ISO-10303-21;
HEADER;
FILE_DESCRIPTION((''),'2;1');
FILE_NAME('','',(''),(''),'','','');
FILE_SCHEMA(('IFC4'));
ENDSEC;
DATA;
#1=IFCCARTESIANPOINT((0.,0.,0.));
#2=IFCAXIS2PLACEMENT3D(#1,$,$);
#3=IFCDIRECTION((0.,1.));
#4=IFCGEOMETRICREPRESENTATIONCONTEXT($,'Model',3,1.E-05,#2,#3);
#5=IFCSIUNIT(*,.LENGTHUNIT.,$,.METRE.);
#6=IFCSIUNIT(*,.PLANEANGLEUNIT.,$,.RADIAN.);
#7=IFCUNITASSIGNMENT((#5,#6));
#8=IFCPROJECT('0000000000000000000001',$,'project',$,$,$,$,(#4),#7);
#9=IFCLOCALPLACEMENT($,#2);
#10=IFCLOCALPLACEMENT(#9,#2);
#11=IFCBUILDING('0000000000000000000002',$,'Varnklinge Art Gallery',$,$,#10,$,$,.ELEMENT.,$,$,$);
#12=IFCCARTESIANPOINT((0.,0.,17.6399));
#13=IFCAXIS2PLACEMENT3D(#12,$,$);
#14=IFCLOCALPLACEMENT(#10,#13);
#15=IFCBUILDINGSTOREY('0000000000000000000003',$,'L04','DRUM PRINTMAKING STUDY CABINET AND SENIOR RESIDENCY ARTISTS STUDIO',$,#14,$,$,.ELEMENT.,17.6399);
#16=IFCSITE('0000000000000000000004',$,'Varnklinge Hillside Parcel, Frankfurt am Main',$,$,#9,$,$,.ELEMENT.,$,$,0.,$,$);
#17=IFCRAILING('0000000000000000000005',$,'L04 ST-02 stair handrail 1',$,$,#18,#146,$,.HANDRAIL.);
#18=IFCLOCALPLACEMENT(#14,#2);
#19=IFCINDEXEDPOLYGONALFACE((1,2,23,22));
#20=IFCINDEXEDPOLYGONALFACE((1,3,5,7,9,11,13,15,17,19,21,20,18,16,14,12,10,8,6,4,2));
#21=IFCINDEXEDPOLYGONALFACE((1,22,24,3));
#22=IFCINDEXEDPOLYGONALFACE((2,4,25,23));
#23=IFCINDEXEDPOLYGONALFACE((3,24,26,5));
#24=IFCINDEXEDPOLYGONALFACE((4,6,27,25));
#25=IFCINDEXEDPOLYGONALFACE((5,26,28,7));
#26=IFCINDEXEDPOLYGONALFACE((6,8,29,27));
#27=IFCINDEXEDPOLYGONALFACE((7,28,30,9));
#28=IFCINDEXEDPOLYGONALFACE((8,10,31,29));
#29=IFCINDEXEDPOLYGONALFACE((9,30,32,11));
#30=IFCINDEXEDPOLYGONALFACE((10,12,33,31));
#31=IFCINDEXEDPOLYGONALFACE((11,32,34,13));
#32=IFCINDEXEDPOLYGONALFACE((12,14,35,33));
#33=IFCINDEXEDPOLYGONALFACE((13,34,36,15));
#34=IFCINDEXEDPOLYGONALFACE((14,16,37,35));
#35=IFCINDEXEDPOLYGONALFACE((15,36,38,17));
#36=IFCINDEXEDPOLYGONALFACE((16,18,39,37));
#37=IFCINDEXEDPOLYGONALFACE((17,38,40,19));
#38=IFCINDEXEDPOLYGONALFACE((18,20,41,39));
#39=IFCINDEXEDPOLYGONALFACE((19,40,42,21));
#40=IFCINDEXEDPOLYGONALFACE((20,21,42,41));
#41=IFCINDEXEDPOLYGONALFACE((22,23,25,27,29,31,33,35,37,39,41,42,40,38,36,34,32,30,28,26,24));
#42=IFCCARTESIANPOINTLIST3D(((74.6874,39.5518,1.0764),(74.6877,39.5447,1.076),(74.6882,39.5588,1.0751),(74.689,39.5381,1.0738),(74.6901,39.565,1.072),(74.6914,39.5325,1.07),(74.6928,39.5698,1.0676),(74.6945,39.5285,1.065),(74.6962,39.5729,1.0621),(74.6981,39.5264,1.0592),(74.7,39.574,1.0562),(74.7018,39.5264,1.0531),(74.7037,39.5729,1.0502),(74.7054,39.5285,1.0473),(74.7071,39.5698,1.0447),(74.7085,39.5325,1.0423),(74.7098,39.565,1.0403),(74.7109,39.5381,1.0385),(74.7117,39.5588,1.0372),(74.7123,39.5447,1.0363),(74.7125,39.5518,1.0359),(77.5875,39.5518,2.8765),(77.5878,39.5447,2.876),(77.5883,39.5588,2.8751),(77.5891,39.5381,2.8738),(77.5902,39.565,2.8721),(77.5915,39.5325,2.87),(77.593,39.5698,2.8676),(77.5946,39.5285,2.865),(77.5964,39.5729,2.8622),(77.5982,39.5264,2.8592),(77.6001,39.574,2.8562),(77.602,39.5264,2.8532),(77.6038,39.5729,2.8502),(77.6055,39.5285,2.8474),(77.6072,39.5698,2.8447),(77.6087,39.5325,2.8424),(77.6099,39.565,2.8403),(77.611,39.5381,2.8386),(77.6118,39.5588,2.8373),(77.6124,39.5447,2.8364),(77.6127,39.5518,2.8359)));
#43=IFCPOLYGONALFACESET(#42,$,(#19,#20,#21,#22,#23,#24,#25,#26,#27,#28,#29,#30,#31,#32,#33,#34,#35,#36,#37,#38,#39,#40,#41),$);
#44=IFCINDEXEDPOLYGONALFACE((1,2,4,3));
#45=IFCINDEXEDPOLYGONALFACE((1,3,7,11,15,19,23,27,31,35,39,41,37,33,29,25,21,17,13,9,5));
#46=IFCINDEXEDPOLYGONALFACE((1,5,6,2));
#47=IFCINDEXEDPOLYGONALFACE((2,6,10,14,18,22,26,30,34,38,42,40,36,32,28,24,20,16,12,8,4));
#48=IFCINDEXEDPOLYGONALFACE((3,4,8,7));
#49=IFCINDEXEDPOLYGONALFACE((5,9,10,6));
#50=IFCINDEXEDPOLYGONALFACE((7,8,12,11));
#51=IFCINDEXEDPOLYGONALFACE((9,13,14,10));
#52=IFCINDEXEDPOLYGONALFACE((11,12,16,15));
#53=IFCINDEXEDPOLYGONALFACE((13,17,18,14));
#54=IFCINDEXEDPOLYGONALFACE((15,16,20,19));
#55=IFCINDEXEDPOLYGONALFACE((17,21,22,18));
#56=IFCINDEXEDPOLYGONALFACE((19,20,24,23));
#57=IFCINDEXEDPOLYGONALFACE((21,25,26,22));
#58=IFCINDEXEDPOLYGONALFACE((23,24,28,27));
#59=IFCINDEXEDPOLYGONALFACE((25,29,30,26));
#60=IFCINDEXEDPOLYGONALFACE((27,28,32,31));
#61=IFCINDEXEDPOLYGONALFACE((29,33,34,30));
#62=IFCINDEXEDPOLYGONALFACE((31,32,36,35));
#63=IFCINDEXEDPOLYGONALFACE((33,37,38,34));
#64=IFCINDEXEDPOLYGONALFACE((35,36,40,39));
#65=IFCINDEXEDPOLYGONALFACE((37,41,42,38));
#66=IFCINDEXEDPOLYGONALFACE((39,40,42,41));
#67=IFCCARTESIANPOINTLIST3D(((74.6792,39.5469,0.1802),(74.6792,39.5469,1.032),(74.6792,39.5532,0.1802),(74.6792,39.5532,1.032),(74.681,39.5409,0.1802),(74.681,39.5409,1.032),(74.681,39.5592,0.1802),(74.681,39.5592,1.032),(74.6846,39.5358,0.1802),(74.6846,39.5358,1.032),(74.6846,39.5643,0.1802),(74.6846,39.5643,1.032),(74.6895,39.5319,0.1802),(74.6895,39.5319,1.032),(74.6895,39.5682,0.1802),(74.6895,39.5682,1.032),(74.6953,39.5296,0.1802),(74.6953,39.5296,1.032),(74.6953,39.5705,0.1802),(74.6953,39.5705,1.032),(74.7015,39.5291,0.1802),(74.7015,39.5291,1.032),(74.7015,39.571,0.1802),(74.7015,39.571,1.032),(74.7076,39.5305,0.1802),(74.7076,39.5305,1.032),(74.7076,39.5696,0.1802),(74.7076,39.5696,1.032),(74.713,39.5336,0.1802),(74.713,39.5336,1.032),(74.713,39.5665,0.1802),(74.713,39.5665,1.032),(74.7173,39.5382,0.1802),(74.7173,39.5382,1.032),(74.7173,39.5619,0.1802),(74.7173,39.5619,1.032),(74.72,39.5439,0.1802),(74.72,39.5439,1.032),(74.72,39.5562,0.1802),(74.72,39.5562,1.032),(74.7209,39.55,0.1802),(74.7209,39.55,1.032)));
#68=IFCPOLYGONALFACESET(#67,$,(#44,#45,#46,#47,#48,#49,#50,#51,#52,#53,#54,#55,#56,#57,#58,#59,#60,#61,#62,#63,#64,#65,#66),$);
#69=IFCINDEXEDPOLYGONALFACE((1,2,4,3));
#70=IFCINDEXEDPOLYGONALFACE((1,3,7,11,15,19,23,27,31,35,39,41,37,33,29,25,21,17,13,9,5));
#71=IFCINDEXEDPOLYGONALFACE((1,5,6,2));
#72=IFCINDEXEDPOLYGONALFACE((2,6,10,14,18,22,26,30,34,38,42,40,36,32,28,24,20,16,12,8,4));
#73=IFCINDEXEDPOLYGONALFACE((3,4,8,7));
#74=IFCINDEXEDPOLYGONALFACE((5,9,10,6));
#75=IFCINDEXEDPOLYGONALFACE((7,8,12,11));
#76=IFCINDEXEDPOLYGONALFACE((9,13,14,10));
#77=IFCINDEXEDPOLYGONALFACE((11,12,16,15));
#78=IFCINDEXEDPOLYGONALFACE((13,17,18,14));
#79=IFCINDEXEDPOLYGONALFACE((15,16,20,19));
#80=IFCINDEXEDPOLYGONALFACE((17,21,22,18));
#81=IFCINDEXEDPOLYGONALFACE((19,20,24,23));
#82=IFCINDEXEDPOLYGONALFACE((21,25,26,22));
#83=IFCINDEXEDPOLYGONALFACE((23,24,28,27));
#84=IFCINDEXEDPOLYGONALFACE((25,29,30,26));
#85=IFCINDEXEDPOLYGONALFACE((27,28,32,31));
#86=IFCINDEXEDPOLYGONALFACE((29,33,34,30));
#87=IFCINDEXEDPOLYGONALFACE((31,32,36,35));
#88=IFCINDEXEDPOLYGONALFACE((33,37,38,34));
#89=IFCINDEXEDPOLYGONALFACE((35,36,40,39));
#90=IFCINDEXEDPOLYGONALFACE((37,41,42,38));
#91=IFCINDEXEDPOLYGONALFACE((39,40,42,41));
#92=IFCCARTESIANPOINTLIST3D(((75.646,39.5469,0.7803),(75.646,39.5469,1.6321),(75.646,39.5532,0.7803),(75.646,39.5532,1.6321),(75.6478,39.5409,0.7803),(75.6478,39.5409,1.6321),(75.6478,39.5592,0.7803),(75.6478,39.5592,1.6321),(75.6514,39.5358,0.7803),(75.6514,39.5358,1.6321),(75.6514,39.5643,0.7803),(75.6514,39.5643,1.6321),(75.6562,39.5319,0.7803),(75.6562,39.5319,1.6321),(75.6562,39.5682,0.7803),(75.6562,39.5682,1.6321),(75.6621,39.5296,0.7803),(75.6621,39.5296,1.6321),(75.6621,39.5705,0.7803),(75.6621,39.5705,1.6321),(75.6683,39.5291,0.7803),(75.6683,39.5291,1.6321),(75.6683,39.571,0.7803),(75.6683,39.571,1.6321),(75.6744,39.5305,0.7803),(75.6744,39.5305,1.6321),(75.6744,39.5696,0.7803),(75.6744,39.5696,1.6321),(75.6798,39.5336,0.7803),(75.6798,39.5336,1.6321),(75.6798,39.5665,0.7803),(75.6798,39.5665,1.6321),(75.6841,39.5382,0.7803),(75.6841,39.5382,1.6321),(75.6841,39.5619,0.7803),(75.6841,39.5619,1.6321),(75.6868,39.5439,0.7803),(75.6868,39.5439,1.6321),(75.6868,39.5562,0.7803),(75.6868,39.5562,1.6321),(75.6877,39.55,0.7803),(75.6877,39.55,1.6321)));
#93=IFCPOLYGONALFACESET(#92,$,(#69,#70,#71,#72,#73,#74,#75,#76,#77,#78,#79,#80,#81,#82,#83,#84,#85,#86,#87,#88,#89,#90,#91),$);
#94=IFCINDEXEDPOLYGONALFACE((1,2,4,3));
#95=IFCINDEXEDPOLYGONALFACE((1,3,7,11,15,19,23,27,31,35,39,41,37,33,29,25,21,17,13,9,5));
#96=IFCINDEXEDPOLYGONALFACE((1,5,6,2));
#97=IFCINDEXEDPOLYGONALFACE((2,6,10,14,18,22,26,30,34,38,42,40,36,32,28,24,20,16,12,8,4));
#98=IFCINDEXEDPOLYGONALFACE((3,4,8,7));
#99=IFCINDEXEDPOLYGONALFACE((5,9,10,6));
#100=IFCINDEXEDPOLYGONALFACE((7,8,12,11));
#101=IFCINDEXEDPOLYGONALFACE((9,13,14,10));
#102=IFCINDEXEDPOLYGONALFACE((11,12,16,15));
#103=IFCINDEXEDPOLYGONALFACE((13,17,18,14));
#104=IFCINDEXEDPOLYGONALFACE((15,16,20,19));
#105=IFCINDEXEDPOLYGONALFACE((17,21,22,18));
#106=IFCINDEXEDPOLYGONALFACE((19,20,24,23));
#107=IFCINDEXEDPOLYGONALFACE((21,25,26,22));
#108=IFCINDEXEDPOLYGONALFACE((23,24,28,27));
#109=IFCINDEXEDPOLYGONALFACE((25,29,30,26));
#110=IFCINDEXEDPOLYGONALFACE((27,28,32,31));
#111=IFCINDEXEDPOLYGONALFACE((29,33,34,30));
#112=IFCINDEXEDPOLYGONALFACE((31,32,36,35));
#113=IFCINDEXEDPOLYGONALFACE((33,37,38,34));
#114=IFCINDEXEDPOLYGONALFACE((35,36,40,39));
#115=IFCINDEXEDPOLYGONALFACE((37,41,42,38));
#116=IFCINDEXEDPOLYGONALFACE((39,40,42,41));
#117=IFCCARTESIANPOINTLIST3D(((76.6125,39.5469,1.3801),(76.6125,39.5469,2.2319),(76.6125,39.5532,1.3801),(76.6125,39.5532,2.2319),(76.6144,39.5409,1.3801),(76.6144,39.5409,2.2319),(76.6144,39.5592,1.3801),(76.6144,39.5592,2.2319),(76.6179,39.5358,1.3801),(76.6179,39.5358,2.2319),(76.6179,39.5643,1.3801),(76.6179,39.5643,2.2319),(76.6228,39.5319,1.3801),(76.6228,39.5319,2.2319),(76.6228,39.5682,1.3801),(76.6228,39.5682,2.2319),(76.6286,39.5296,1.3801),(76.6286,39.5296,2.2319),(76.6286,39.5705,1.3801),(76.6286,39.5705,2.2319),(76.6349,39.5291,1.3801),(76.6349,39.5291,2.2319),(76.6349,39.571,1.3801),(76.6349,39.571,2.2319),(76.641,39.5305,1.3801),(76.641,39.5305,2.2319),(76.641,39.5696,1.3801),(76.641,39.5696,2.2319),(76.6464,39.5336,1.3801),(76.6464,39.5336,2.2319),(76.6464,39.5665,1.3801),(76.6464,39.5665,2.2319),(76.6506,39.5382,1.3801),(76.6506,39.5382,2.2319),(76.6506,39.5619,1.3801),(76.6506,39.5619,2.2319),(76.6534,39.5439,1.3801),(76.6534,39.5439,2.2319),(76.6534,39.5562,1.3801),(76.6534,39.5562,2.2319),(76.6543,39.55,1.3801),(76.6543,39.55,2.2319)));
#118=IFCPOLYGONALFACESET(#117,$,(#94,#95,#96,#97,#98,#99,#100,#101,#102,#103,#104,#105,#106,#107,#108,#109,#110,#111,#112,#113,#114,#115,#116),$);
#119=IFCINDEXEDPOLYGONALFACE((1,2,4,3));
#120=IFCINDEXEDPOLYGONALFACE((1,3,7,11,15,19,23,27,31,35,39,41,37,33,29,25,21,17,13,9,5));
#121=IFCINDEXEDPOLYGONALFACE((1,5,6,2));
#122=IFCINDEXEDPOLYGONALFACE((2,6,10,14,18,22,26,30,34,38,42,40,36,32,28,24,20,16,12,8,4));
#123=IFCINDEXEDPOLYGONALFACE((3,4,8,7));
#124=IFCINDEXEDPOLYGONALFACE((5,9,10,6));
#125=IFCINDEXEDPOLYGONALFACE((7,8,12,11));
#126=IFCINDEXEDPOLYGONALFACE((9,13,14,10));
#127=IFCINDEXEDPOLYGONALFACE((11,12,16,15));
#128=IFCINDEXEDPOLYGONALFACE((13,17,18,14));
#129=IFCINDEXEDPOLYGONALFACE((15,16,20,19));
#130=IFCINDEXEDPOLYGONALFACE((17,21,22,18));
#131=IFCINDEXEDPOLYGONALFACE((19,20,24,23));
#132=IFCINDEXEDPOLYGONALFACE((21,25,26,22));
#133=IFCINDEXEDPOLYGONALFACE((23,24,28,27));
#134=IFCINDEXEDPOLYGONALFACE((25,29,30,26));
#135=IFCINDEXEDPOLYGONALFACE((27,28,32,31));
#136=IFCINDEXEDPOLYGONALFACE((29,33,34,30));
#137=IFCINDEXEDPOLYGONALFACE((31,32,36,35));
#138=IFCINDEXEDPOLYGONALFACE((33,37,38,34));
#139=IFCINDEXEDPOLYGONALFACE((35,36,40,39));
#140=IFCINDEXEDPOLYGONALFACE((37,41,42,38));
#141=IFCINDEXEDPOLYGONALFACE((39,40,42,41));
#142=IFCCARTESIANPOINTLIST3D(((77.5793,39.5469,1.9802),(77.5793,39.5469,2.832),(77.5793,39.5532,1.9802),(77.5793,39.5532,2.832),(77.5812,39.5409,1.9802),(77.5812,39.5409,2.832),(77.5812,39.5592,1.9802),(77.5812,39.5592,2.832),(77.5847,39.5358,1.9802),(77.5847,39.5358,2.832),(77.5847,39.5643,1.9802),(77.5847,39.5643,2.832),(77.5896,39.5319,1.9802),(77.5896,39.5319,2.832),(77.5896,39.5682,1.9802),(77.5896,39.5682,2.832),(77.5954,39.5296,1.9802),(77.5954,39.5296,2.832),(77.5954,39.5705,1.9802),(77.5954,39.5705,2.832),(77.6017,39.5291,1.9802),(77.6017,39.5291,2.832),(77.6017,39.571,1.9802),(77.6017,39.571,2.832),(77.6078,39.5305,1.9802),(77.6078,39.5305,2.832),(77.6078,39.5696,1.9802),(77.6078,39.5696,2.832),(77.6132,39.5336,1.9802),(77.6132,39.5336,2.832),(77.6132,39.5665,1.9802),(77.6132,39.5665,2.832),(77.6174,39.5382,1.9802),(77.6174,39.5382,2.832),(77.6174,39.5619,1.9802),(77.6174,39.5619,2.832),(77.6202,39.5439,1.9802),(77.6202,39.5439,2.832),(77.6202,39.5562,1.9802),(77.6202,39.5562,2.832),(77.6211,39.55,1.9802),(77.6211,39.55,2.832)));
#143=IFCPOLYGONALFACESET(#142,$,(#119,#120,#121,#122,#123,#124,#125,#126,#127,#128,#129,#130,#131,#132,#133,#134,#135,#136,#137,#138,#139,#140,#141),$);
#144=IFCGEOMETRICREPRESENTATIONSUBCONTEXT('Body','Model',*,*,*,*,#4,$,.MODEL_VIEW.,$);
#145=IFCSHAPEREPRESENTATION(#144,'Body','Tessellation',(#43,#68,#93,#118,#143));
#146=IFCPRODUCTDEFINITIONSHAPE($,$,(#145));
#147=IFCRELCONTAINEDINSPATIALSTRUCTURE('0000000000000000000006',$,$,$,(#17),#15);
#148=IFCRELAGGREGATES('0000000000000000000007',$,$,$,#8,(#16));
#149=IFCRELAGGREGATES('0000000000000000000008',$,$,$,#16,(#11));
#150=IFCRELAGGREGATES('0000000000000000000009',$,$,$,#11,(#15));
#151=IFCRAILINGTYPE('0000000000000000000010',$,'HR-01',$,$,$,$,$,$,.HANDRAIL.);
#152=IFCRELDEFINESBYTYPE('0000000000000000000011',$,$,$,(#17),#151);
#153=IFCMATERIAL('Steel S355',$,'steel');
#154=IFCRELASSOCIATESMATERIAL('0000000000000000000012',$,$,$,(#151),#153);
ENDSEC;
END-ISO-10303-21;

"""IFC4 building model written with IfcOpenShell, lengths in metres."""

from ifc_helpers import new_model, si_unit, direction, frame, origin, origin_2d, place, context, subcontext, project, spatial, circle, extrude, material, type_object, element, save


model = new_model("IFC4")

# Units and contexts
model_context = context("Model", 3, precision=1e-05, world=origin(), true_north=direction((0.0, 1.0)))
body_context = subcontext(model_context, "Body", "Model", "MODEL_VIEW")
ifc_project = project(units=[si_unit("LENGTHUNIT", "METRE"), si_unit("PLANEANGLEUNIT", "RADIAN")], contexts=[model_context])

# Site, building, storey
site_placement = place(None, origin())
site = spatial("IfcSite", under=ifc_project, at=site_placement, Name="Varnklinge Hillside Parcel, Frankfurt am Main", CompositionType="ELEMENT", RefElevation=0.0)
building_placement = place(site_placement, origin())
building = spatial("IfcBuilding", under=site, at=building_placement, Name="Varnklinge Art Gallery", CompositionType="ELEMENT")
storey_placement = place(building_placement, frame((0.0, 0.0, 17.6399)))
storey = spatial("IfcBuildingStorey", under=building, at=storey_placement, Name="L04", Description="DRUM PRINTMAKING STUDY CABINET AND SENIOR RESIDENCY ARTISTS STUDIO", CompositionType="ELEMENT", Elevation=17.6399)

# Railing
ifc_material_1 = material(Name="Steel S355", Category="steel")
railing_type_1 = type_object("IfcRailingType", Name="HR-01", PredefinedType="HANDRAIL", material=ifc_material_1)
railing_1_placement = place(storey_placement, frame((74.7, 39.55, 0.1802)))
element("IfcRailing", 1, at=railing_1_placement, inside=storey, type_object=railing_type_1, Name="L04 ST-02 stair handrail 1", PredefinedType="HANDRAIL", context=body_context, shape_type="SweptSolid", body=[
    extrude(circle(Radius=0.0239, at=origin_2d()), frame((0.0, 0.0, 0.876), z_axis=(0.849646, 0.0, 0.527354), x_axis=(0.0, 1.0, 0.0)), (0.0, 0.0, 1.0), 3.4133),
    extrude(circle(Radius=0.021, at=origin_2d()), origin(), (0.0, 0.0, 1.0), 0.8518),
    extrude(circle(Radius=0.021, at=origin_2d()), frame((0.9668, 0.0, 0.6001)), (0.0, 0.0, 1.0), 0.8518),
    extrude(circle(Radius=0.021, at=origin_2d()), frame((1.9333, 0.0, 1.2)), (0.0, 0.0, 1.0), 0.8518),
    extrude(circle(Radius=0.021, at=origin_2d()), frame((2.9001, 0.0, 1.8)), (0.0, 0.0, 1.0), 0.8518),
])

save(model, "model.ifc")
